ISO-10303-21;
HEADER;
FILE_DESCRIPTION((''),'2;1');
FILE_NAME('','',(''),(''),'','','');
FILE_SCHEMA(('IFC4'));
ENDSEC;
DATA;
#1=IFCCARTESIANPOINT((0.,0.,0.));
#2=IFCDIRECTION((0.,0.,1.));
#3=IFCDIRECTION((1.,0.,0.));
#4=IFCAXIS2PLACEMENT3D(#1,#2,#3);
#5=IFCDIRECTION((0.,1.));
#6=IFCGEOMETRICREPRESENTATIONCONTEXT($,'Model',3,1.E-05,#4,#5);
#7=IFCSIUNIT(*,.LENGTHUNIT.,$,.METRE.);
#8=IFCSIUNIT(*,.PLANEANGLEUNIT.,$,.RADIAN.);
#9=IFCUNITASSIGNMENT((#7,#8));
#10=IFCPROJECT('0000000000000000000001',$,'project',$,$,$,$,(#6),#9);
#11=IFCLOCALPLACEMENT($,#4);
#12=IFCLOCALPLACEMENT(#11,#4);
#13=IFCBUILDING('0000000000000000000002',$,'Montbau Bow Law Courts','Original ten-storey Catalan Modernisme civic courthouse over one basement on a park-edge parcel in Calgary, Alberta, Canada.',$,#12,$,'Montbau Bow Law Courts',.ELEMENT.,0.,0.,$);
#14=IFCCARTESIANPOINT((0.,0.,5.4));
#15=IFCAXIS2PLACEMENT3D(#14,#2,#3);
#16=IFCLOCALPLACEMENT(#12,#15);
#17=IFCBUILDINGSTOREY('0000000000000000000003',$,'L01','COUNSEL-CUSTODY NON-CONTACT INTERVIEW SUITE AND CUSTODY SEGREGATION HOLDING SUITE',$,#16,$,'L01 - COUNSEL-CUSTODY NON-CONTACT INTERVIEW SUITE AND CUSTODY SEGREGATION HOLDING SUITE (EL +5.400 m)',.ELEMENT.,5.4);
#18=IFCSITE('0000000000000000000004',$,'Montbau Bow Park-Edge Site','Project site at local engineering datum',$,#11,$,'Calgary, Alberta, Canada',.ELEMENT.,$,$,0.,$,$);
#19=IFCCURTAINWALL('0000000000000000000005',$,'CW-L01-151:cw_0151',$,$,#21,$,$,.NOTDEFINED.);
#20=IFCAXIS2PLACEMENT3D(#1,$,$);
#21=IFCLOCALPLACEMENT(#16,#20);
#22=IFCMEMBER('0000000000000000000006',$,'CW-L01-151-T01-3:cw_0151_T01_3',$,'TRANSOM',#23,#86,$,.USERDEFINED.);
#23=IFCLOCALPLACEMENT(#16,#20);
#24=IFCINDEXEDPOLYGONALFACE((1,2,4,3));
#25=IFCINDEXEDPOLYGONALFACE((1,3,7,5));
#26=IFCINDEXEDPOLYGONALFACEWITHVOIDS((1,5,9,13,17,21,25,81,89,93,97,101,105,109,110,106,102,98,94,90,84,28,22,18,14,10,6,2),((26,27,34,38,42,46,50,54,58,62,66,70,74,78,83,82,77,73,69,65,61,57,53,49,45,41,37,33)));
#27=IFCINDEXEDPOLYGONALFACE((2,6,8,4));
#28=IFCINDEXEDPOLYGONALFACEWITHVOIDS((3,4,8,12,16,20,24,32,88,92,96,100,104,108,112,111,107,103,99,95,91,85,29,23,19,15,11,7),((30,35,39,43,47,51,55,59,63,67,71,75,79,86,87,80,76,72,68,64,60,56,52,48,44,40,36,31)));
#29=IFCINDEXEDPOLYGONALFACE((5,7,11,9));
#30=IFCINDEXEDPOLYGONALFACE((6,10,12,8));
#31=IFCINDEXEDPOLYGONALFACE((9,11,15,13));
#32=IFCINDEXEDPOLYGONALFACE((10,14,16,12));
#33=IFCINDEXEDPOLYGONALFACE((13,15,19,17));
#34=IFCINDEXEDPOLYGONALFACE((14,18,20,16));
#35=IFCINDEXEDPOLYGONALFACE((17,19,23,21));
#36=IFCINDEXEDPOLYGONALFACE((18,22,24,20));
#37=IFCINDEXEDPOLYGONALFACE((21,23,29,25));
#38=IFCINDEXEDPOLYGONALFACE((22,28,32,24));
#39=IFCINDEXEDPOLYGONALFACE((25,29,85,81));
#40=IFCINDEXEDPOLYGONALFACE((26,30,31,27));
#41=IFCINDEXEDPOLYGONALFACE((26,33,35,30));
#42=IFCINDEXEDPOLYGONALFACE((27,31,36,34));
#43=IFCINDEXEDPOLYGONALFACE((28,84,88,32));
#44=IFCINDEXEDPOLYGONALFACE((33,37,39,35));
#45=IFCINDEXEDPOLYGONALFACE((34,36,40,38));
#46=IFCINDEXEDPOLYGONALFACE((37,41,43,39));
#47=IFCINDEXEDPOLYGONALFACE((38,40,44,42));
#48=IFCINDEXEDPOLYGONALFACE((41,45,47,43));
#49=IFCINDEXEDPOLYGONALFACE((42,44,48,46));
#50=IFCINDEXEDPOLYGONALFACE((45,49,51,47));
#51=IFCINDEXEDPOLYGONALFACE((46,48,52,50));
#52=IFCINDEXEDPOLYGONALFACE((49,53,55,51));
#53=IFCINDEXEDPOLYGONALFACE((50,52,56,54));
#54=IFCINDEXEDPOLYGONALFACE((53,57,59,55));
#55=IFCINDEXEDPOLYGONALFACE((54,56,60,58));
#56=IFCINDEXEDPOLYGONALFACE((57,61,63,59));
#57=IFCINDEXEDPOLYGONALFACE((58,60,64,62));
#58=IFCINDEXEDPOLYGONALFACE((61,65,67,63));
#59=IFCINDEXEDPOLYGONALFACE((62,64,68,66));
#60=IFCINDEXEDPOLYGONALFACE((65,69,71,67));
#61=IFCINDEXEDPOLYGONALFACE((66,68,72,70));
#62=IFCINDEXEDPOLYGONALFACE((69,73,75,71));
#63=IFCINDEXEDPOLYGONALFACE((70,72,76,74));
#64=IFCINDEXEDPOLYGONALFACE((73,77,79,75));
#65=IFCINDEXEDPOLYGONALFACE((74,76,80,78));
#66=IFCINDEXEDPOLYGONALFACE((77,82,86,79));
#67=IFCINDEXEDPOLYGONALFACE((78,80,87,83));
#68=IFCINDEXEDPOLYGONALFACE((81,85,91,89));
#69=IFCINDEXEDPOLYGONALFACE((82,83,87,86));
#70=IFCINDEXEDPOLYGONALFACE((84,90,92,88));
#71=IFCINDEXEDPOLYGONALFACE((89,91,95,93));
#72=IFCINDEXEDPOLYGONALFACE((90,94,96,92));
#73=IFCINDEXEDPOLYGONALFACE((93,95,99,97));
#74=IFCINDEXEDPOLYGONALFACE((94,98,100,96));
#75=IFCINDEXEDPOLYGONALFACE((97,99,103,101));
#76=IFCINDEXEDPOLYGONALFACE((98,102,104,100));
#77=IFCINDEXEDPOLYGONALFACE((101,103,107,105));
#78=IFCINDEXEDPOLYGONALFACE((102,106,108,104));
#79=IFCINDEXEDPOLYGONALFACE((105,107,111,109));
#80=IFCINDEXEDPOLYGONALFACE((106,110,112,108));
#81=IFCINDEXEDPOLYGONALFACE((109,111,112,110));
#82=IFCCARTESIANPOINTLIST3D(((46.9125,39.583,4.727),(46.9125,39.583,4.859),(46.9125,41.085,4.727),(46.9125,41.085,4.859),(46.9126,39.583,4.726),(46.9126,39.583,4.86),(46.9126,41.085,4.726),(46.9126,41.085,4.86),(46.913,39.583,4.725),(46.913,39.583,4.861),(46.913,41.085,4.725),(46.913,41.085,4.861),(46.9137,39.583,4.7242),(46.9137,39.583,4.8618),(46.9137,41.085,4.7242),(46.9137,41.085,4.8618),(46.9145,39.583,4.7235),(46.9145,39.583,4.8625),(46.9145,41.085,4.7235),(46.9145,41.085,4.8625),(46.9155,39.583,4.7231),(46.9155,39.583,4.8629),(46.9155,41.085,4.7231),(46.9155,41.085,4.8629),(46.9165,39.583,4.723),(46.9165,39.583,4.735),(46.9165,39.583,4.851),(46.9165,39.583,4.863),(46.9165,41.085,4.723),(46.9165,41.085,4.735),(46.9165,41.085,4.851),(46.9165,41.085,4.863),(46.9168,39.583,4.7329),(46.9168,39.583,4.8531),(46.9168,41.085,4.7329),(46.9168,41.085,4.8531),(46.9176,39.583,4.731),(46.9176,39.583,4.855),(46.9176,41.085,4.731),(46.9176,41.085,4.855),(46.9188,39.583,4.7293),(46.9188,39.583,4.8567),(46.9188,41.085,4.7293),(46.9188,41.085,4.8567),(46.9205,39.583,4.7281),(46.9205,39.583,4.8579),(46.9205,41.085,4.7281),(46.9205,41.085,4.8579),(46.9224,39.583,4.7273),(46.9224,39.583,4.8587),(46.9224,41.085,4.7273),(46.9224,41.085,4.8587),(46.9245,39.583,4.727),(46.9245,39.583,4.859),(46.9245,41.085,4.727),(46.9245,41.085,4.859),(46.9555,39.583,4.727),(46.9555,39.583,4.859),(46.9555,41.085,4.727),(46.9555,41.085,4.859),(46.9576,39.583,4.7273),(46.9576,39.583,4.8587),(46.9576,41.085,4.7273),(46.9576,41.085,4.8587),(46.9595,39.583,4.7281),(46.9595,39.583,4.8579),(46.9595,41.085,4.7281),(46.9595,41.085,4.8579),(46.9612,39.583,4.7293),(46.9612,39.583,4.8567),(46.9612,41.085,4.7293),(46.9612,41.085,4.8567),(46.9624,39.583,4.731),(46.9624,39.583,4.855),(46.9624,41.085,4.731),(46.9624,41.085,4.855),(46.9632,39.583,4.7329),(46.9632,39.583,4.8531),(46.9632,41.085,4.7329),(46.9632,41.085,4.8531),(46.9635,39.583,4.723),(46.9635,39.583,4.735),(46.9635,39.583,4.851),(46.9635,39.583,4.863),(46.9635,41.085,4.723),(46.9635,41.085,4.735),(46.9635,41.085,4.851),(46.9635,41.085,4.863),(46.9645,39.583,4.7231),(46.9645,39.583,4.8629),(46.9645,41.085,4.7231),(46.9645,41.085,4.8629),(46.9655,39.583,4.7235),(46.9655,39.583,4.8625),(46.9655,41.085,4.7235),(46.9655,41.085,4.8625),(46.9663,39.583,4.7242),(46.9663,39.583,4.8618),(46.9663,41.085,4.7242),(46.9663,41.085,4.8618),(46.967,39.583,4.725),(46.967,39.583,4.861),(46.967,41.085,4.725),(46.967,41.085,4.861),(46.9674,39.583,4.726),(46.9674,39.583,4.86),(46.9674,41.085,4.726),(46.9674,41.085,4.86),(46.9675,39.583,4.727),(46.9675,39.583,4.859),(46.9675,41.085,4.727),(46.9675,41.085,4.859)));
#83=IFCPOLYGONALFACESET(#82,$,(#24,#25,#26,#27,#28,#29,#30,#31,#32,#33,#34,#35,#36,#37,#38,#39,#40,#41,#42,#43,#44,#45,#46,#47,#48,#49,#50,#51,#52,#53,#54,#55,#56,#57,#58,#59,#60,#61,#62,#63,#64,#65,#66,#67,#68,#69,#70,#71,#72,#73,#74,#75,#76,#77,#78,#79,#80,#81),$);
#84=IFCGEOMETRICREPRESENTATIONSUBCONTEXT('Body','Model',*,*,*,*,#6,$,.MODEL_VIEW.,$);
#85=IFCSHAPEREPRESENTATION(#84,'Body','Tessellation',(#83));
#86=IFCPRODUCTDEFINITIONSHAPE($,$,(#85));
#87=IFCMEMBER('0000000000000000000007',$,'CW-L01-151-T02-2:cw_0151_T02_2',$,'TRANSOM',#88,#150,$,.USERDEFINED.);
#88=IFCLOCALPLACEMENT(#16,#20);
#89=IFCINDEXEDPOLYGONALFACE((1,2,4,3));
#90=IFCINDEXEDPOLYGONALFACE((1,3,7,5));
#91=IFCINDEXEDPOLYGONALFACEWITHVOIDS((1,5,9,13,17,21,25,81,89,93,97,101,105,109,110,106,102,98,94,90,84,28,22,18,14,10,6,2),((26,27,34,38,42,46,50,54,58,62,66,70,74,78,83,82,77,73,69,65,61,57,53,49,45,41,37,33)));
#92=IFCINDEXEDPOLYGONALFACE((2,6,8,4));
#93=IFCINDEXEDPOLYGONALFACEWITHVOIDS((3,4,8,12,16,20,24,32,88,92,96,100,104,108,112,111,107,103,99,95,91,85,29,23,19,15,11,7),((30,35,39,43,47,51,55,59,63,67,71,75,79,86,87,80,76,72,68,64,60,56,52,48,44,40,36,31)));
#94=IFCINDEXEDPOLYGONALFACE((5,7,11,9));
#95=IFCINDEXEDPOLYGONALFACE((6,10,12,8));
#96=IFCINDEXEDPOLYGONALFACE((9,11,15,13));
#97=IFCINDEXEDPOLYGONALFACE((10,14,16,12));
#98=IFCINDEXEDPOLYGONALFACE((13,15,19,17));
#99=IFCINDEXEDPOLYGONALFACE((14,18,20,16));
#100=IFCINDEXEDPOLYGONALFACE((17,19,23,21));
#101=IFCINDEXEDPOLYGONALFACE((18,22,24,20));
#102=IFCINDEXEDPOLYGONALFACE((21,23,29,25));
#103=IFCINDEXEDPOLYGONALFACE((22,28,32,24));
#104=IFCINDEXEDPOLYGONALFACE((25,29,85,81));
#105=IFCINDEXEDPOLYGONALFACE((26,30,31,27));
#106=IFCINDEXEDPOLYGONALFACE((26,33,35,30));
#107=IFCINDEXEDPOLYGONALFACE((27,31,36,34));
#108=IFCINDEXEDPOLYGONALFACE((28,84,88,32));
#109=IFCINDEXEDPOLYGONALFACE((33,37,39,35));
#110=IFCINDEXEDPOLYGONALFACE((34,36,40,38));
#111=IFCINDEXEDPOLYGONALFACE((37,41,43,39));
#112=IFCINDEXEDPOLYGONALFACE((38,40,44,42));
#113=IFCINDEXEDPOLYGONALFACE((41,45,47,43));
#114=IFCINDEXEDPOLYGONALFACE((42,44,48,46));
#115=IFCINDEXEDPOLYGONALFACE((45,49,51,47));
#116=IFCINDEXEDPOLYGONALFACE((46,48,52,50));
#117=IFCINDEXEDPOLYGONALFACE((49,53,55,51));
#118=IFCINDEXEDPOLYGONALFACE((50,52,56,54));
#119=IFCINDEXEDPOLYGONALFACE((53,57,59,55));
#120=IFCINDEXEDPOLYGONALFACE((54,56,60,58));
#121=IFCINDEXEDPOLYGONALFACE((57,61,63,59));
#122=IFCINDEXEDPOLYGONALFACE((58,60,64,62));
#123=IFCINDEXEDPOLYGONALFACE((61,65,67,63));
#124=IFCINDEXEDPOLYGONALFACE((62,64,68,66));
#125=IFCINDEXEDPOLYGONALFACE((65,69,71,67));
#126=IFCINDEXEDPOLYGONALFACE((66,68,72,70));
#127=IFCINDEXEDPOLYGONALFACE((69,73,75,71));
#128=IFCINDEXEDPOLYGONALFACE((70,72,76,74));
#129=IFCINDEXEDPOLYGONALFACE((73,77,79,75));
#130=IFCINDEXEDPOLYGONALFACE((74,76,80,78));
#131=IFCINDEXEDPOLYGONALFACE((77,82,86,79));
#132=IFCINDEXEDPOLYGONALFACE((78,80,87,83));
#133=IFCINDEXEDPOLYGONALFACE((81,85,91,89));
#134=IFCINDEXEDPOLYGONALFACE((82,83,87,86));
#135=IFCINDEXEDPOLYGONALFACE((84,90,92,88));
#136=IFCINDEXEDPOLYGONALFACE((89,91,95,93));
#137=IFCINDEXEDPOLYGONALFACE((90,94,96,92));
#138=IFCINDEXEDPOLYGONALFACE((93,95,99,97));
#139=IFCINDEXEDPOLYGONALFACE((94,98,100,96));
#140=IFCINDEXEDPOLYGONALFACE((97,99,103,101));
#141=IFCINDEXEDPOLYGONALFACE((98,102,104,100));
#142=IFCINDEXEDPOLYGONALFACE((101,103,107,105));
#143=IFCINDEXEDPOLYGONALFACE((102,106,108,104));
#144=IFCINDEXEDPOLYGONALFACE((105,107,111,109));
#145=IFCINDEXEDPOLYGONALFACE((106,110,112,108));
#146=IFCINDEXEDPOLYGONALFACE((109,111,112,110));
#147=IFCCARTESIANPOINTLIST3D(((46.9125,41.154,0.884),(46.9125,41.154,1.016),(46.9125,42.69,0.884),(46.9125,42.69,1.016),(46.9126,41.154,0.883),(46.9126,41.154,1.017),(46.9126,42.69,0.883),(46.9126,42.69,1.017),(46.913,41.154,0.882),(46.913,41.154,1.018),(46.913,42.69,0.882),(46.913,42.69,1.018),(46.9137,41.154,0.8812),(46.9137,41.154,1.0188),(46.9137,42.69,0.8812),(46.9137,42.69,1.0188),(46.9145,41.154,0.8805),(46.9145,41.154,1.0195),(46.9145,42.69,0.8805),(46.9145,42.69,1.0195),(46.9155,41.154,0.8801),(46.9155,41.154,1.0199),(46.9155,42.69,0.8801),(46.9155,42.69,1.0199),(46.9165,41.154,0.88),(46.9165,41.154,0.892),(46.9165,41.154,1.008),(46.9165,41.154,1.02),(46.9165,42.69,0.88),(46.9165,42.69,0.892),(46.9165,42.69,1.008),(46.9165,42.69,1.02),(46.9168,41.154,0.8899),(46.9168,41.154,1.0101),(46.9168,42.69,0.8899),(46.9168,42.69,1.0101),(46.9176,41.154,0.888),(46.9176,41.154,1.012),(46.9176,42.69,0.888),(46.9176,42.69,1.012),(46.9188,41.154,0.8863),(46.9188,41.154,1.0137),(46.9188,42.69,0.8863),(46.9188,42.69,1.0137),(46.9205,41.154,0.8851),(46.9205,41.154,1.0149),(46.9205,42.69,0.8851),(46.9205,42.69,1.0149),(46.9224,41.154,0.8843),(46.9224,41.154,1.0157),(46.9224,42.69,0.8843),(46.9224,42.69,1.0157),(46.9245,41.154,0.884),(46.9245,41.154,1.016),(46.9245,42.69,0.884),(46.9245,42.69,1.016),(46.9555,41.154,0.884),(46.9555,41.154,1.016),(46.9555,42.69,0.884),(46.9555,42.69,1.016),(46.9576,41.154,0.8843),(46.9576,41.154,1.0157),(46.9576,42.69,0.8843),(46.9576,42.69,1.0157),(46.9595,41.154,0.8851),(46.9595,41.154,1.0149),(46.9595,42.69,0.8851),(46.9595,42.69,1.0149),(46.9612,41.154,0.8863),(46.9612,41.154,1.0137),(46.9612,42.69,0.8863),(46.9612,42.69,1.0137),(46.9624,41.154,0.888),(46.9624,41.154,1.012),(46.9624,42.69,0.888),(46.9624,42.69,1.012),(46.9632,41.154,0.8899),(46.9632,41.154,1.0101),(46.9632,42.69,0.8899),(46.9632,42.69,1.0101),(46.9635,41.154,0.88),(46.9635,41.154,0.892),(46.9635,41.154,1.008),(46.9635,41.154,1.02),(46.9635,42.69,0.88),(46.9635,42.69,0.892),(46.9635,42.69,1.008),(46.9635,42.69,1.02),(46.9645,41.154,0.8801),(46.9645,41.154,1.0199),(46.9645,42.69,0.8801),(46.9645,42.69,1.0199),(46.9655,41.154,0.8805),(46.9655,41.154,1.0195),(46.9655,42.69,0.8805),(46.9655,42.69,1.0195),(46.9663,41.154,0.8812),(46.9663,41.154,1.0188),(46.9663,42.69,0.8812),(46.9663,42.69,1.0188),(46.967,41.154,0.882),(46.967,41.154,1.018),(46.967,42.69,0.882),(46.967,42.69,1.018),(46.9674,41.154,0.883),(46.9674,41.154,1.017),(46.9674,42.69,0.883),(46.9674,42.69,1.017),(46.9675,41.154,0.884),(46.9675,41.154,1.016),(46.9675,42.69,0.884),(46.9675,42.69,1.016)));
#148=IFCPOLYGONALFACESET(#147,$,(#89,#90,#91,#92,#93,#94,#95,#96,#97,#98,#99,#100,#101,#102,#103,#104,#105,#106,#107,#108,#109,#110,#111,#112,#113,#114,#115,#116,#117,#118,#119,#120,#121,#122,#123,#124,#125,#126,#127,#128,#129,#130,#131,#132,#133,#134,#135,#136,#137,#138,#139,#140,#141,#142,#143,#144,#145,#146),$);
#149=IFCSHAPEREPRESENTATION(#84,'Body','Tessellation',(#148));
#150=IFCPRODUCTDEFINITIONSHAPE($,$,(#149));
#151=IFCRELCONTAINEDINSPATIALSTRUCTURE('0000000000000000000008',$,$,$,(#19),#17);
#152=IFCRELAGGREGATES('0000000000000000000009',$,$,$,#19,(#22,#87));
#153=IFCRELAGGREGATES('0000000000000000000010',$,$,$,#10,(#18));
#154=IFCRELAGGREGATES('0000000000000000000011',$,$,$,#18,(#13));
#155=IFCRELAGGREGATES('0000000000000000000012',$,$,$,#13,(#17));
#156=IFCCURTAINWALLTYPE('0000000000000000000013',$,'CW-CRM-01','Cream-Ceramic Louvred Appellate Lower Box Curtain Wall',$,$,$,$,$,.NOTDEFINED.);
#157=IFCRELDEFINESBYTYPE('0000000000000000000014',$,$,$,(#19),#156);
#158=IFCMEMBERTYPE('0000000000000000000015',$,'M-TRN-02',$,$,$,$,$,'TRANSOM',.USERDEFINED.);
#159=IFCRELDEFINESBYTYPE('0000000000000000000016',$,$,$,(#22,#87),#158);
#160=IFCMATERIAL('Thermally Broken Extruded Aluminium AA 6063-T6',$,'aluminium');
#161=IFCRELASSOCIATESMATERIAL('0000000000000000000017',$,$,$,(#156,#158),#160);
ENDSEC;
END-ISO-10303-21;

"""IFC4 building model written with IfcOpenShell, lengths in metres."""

from ifc_helpers import new_model, si_unit, direction, frame, origin_with_axes, origin_2d_with_axis, place, context, subcontext, project, spatial, hollow_rectangle, extrude, material, material_profile, profile_set, type_object, element, aggregate, save


model = new_model("IFC4")

# Units and contexts
model_context = context("Model", 3, precision=1e-05, world=origin_with_axes(), true_north=direction((0.0, 1.0)))
body_context = subcontext(model_context, "Body", "Model", "MODEL_VIEW")
ifc_project = project(units=[si_unit("LENGTHUNIT", "METRE"), si_unit("PLANEANGLEUNIT", "RADIAN")], contexts=[model_context])

# Site, building, storey
site_placement = place(None, origin_with_axes())
site = spatial("IfcSite", under=ifc_project, at=site_placement, Name="Montbau Bow Park-Edge Site", Description="Project site at local engineering datum", LongName="Calgary, Alberta, Canada", CompositionType="ELEMENT", RefElevation=0.0)
building_placement = place(site_placement, origin_with_axes())
building = spatial("IfcBuilding", under=site, at=building_placement, Name="Montbau Bow Law Courts", Description="Original ten-storey Catalan Modernisme civic courthouse over one basement on a park-edge parcel in Calgary, Alberta, Canada.", LongName="Montbau Bow Law Courts", CompositionType="ELEMENT", ElevationOfRefHeight=0.0, ElevationOfTerrain=0.0)
storey_placement = place(building_placement, frame((0.0, 0.0, 5.4), z_axis=(0.0, 0.0, 1.0), x_axis=(1.0, 0.0, 0.0)))
storey = spatial("IfcBuildingStorey", under=building, at=storey_placement, Name="L01", Description="COUNSEL-CUSTODY NON-CONTACT INTERVIEW SUITE AND CUSTODY SEGREGATION HOLDING SUITE", LongName="L01 - COUNSEL-CUSTODY NON-CONTACT INTERVIEW SUITE AND CUSTODY SEGREGATION HOLDING SUITE (EL +5.400 m)", CompositionType="ELEMENT", Elevation=5.4)

# Curtain wall, members
ifc_material_1 = material(Name="Thermally Broken Extruded Aluminium AA 6063-T6", Category="aluminium")
curtain_wall_type_1 = type_object("IfcCurtainWallType", Name="CW-CRM-01", Description="Cream-Ceramic Louvred Appellate Lower Box Curtain Wall", PredefinedType="NOTDEFINED", material=ifc_material_1)
ifc_material_profile_1 = material_profile(ifc_material_1, hollow_rectangle(XDim=0.055, YDim=0.14, WallThickness=0.004, InnerFilletRadius=0.008, OuterFilletRadius=0.004, at=origin_2d_with_axis()), Name="CWT-140X55", Category="Main", Priority=0)
ifc_profile_set_1 = profile_set([ifc_material_profile_1], Name="Thermally Broken Extruded Aluminium AA 6063-T6")
member_type_1 = type_object("IfcMemberType", Name="M-TRN-02", ElementType="TRANSOM", PredefinedType="USERDEFINED", material=ifc_profile_set_1)
curtain_wall_1_placement = place(None, frame((46.94, 39.515, 5.4), z_axis=(0.0, 0.0, 1.0), x_axis=(1.0, 0.0, 0.0)))
curtain_wall_1 = element("IfcCurtainWall", 1, at=curtain_wall_1_placement, inside=storey, type_object=curtain_wall_type_1, Name="CW-L01-151:cw_0151", PredefinedType="NOTDEFINED")
member_1_placement = place(None, frame((46.94, 39.583, 10.193), z_axis=(0.0, 1.0, 0.0), x_axis=(-1.0, 0.0, 0.0)))
member_1 = element("IfcMember", 2, at=member_1_placement, type_object=member_type_1, Name="CW-L01-151-T01-3:cw_0151_T01_3", ObjectType="TRANSOM", PredefinedType="USERDEFINED", context=body_context, shape_type="SweptSolid", body=[
    extrude(hollow_rectangle(XDim=0.055, YDim=0.14, WallThickness=0.004, InnerFilletRadius=0.008, OuterFilletRadius=0.004, at=origin_2d_with_axis()), origin_with_axes(), (0.0, 0.0, 1.0), 1.502),
])
member_2_placement = place(None, frame((46.94, 41.154, 6.35), z_axis=(0.0, 1.0, 0.0), x_axis=(-1.0, 0.0, 0.0)))
member_2 = element("IfcMember", 3, at=member_2_placement, type_object=member_type_1, Name="CW-L01-151-T02-2:cw_0151_T02_2", ObjectType="TRANSOM", PredefinedType="USERDEFINED", context=body_context, shape_type="SweptSolid", body=[
    extrude(hollow_rectangle(XDim=0.055, YDim=0.14, WallThickness=0.004, InnerFilletRadius=0.008, OuterFilletRadius=0.004, at=origin_2d_with_axis()), origin_with_axes(), (0.0, 0.0, 1.0), 1.536),
])

aggregate(curtain_wall_1, [member_1, member_2])

save(model, "model.ifc")
